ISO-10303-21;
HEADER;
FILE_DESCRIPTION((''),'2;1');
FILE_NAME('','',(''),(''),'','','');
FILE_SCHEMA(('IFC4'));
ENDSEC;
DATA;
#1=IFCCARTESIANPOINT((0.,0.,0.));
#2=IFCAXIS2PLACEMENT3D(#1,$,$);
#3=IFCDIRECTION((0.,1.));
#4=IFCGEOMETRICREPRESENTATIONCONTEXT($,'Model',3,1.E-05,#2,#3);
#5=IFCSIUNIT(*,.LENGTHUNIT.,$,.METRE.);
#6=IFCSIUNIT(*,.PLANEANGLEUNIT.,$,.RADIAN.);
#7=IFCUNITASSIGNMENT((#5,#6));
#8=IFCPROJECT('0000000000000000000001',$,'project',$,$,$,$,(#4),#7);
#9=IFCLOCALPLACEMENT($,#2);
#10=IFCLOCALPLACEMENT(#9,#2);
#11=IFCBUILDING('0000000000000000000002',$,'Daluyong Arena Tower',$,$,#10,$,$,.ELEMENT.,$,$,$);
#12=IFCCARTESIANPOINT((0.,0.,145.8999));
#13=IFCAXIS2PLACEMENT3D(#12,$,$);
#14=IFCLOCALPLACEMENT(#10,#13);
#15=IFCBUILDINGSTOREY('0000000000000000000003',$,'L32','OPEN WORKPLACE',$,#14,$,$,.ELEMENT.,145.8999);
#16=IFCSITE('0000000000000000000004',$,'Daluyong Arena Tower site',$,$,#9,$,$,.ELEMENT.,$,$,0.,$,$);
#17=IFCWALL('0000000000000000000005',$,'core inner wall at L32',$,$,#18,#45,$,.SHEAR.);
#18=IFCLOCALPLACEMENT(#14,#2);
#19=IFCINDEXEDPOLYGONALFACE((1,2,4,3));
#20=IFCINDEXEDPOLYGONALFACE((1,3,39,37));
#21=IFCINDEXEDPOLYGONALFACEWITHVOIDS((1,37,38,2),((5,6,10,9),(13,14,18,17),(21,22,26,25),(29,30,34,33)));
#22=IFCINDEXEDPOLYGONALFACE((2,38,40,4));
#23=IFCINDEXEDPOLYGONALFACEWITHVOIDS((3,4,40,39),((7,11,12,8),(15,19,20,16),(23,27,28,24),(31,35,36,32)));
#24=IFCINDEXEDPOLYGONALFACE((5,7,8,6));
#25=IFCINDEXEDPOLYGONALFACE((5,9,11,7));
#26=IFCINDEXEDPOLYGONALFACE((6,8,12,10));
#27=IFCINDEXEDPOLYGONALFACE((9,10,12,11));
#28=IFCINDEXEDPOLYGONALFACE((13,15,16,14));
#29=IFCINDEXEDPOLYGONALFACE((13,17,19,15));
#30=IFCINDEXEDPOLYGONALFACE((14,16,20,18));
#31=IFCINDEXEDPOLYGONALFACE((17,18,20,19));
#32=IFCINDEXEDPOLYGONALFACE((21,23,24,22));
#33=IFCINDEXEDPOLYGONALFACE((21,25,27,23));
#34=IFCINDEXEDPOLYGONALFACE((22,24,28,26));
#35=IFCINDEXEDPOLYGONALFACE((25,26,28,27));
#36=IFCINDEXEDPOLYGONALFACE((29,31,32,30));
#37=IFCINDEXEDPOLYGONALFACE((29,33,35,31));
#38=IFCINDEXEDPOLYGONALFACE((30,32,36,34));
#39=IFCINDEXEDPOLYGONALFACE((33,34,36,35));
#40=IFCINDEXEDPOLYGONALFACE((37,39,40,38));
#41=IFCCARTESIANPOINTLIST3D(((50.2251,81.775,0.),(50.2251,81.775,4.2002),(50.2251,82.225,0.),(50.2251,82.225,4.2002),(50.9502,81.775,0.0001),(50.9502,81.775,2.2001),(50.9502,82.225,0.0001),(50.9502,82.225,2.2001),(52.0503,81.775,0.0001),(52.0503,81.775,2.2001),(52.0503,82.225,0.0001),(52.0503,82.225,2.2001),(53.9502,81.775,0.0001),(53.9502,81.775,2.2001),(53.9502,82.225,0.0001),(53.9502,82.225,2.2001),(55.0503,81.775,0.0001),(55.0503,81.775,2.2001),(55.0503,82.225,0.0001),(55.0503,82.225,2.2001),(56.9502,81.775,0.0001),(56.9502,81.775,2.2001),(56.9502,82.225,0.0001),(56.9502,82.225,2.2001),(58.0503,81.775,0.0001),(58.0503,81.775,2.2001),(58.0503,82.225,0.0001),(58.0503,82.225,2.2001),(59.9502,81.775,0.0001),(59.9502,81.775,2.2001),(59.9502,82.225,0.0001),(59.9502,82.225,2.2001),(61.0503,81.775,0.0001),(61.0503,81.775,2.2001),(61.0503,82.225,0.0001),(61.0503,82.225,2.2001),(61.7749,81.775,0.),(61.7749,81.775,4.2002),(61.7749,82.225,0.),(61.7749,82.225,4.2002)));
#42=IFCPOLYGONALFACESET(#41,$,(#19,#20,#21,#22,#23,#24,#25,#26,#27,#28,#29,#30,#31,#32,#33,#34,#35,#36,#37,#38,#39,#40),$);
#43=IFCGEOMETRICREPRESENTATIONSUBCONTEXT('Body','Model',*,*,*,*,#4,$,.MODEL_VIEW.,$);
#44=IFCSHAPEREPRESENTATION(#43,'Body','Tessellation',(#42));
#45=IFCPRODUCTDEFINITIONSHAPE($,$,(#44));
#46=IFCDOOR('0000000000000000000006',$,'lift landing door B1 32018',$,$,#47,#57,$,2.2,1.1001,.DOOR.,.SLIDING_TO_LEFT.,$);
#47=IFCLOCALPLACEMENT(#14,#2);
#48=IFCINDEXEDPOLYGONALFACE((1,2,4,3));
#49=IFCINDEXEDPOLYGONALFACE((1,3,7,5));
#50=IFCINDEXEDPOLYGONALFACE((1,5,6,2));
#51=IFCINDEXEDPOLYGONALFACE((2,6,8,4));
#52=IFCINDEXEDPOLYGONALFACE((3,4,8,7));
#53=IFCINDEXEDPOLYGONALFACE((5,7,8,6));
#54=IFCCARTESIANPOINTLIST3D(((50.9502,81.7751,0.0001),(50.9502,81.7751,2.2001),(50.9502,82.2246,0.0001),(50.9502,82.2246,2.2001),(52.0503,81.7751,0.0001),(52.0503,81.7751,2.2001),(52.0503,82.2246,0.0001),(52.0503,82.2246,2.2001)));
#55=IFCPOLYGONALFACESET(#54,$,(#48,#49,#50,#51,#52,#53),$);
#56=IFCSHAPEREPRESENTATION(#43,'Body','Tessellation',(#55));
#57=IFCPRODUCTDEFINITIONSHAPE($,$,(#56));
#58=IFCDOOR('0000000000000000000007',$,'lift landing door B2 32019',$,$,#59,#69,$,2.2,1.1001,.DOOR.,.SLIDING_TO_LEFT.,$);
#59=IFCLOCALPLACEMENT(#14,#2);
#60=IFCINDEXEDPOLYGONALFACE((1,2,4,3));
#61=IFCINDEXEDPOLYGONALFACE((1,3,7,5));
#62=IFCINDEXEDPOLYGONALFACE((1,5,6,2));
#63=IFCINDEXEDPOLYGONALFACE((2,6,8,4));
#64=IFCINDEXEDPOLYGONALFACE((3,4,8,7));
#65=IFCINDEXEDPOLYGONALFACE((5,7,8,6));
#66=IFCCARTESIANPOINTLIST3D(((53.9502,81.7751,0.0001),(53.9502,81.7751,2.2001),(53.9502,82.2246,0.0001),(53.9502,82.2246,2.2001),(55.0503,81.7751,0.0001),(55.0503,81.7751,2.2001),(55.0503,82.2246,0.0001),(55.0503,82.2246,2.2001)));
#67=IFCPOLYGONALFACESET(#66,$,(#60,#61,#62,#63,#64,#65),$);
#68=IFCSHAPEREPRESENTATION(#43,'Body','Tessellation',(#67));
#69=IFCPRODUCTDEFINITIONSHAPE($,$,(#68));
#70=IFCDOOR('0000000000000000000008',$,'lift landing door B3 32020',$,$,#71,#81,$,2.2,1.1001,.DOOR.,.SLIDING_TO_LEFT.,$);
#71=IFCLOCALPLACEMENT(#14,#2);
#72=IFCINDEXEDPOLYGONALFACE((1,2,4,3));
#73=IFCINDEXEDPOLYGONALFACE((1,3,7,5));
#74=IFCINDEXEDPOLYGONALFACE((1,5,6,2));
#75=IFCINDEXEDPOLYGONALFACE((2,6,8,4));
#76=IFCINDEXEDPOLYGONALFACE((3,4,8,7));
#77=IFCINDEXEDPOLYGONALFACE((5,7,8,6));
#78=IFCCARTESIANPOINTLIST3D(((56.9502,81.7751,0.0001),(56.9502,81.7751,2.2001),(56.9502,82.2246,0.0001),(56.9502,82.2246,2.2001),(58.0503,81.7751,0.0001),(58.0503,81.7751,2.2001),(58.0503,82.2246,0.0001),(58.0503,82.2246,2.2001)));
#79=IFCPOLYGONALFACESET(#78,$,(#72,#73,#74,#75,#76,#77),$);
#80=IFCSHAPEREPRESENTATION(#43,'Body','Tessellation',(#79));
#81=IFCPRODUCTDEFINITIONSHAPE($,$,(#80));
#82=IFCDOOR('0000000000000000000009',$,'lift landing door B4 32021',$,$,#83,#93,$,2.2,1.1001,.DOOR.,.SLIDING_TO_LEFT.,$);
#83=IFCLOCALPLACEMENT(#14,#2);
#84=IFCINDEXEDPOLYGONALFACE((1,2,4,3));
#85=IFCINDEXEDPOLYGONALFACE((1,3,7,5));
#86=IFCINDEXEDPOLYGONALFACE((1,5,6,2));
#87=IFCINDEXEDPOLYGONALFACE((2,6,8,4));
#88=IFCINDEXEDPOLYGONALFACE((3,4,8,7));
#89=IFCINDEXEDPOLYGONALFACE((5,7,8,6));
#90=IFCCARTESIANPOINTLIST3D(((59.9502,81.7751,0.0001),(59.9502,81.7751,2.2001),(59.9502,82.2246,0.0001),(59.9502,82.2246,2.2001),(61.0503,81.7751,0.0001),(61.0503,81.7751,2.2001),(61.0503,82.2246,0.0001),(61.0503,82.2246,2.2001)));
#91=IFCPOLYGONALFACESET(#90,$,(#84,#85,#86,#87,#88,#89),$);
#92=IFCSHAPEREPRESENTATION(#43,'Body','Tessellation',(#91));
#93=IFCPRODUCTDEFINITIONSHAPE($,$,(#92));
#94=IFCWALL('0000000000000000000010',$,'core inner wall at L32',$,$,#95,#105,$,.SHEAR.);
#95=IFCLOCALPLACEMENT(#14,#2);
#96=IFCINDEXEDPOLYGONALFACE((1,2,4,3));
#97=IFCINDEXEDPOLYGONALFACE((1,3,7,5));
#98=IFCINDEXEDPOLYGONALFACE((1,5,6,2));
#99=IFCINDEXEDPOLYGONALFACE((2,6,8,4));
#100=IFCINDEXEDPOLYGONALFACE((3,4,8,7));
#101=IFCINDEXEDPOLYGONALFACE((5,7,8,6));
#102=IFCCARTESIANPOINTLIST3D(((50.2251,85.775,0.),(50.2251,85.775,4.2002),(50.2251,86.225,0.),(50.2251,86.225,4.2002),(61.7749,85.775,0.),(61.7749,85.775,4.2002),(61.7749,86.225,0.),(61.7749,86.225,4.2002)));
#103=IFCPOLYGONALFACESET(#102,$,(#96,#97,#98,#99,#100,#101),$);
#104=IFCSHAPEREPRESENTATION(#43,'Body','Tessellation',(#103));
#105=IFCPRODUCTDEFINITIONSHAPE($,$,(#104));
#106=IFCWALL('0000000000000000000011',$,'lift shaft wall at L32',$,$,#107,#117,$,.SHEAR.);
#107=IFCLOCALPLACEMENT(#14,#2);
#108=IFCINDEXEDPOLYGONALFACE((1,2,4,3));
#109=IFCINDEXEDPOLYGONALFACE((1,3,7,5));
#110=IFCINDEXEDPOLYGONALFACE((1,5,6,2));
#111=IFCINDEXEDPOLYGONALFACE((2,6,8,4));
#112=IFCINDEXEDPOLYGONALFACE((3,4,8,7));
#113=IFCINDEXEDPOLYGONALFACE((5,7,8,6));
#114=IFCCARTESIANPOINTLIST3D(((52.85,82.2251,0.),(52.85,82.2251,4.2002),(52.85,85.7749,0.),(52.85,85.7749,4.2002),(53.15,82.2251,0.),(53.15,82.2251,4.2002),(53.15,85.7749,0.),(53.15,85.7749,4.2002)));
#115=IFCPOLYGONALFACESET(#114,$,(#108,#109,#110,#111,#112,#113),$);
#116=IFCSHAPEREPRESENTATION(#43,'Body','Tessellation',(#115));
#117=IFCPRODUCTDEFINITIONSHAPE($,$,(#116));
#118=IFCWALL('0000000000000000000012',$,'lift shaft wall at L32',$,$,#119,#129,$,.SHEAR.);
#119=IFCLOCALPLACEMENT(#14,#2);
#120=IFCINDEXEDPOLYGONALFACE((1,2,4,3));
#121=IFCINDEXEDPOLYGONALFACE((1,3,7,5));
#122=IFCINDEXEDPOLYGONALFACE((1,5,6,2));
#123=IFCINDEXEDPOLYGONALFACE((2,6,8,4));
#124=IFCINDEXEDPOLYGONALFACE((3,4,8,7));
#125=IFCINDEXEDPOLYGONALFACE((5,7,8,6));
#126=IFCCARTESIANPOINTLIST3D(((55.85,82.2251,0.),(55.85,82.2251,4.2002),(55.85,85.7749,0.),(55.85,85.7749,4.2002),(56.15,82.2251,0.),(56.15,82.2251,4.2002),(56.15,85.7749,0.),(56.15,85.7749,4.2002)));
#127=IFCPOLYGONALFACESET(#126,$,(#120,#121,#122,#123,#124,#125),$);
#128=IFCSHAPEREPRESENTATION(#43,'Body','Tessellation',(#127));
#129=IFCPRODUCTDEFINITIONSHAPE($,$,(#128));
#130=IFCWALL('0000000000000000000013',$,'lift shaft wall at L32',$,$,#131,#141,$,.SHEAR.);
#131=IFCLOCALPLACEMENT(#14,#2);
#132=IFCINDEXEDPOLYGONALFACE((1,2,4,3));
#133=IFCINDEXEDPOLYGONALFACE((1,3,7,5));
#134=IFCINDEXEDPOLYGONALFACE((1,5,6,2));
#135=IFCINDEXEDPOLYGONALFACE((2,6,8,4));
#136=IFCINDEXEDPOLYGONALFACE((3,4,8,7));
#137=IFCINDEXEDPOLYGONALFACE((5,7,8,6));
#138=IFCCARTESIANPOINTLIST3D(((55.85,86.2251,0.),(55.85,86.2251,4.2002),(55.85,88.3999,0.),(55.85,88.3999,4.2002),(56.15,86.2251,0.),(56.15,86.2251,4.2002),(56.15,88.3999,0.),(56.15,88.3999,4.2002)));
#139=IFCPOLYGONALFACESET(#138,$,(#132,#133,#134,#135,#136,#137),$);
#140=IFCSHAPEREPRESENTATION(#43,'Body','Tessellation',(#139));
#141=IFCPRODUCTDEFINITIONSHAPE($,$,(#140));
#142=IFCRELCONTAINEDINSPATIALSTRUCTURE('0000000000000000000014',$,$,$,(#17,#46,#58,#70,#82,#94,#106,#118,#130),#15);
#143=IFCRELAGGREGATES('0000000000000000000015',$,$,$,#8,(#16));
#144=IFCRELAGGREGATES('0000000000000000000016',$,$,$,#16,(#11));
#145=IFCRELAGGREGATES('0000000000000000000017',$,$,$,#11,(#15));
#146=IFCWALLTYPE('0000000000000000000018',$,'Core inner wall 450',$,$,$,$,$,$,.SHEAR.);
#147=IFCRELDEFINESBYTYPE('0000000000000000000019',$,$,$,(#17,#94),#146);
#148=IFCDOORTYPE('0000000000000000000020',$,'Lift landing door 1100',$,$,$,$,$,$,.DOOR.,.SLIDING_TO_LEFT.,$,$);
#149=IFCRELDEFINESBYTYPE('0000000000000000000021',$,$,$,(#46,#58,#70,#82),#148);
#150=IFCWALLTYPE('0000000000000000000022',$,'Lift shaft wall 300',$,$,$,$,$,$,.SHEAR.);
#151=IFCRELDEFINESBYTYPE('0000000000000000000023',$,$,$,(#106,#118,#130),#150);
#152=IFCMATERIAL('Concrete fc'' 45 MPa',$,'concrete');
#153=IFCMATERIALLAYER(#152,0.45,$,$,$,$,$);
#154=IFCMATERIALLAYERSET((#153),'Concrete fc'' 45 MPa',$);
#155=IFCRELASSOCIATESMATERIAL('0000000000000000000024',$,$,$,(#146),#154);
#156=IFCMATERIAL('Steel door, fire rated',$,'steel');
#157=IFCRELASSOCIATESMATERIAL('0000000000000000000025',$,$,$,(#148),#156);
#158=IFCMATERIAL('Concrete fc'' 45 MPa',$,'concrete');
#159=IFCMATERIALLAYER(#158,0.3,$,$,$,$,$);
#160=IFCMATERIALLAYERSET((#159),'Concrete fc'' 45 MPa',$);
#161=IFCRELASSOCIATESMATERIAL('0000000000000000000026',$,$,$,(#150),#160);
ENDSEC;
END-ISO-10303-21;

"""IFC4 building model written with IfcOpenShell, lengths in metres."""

from ifc_helpers import new_model, si_unit, direction, frame, frame_2d, origin, place, context, subcontext, project, spatial, rectangle, extrude, material, layer, layer_set, type_object, element, fill, save


model = new_model("IFC4")

# Units and contexts
model_context = context("Model", 3, precision=1e-05, world=origin(), true_north=direction((0.0, 1.0)))
body_context = subcontext(model_context, "Body", "Model", "MODEL_VIEW")
ifc_project = project(units=[si_unit("LENGTHUNIT", "METRE"), si_unit("PLANEANGLEUNIT", "RADIAN")], contexts=[model_context])

# Site, building, storey
site_placement = place(None, origin())
site = spatial("IfcSite", under=ifc_project, at=site_placement, Name="Daluyong Arena Tower site", CompositionType="ELEMENT", RefElevation=0.0)
building_placement = place(site_placement, origin())
building = spatial("IfcBuilding", under=site, at=building_placement, Name="Daluyong Arena Tower", CompositionType="ELEMENT")
storey_placement = place(building_placement, frame((0.0, 0.0, 145.8999)))
storey = spatial("IfcBuildingStorey", under=building, at=storey_placement, Name="L32", Description="OPEN WORKPLACE", CompositionType="ELEMENT", Elevation=145.8999)

# Wall, openings, doors
ifc_material_1 = material(Name="Concrete fc' 45 MPa", Category="concrete")
ifc_layer_1 = layer(ifc_material_1, 0.45)
ifc_layer_set_1 = layer_set([ifc_layer_1], Name="Concrete fc' 45 MPa")
wall_type_1 = type_object("IfcWallType", Name="Core inner wall 450", PredefinedType="SHEAR", material=ifc_layer_set_1)
wall_1_placement = place(storey_placement, frame((50.2251, 82.0, 0.0), z_axis=(0.0, 0.0, 1.0), x_axis=(1.0, 0.0, 0.0)))
wall_1 = element("IfcWall", 1, at=wall_1_placement, inside=storey, type_object=wall_type_1, Name="core inner wall at L32", PredefinedType="SHEAR", context=body_context, shape_type="SweptSolid", body=[
    extrude(rectangle(XDim=11.5498, YDim=0.45, at=frame_2d((5.7749, 0.0))), origin(), (0.0, 0.0, 1.0), 4.2002),
])
opening_1_placement = place(wall_1_placement, frame((0.7251, 0.0, 0.0)))
opening_1 = element("IfcOpeningElement", 2, at=opening_1_placement, cuts=wall_1, PredefinedType="OPENING", context=body_context, shape_type="SweptSolid", body=[
    extrude(rectangle(XDim=1.1001, YDim=2.2, at=frame_2d((0.55, 1.1001))), frame((0.0, 0.2349, 0.0), z_axis=(0.0, -1.0, 0.0), x_axis=(1.0, 0.0, 0.0)), (0.0, 0.0, 1.0), 0.47),
])
opening_2_placement = place(wall_1_placement, frame((3.7251, 0.0, 0.0)))
opening_2 = element("IfcOpeningElement", 3, at=opening_2_placement, cuts=wall_1, PredefinedType="OPENING", context=body_context, shape_type="SweptSolid", body=[
    extrude(rectangle(XDim=1.1001, YDim=2.2, at=frame_2d((0.55, 1.1001))), frame((0.0, 0.2349, 0.0), z_axis=(0.0, -1.0, 0.0), x_axis=(1.0, 0.0, 0.0)), (0.0, 0.0, 1.0), 0.47),
])
opening_3_placement = place(wall_1_placement, frame((6.7251, 0.0, 0.0)))
opening_3 = element("IfcOpeningElement", 4, at=opening_3_placement, cuts=wall_1, PredefinedType="OPENING", context=body_context, shape_type="SweptSolid", body=[
    extrude(rectangle(XDim=1.1001, YDim=2.2, at=frame_2d((0.55, 1.1001))), frame((0.0, 0.2349, 0.0), z_axis=(0.0, -1.0, 0.0), x_axis=(1.0, 0.0, 0.0)), (0.0, 0.0, 1.0), 0.47),
])
opening_4_placement = place(wall_1_placement, frame((9.7251, 0.0, 0.0)))
opening_4 = element("IfcOpeningElement", 5, at=opening_4_placement, cuts=wall_1, PredefinedType="OPENING", context=body_context, shape_type="SweptSolid", body=[
    extrude(rectangle(XDim=1.1001, YDim=2.2, at=frame_2d((0.55, 1.1001))), frame((0.0, 0.2349, 0.0), z_axis=(0.0, -1.0, 0.0), x_axis=(1.0, 0.0, 0.0)), (0.0, 0.0, 1.0), 0.47),
])
ifc_material_2 = material(Name="Steel door, fire rated", Category="steel")
door_type_1 = type_object("IfcDoorType", Name="Lift landing door 1100", OperationType="SLIDING_TO_LEFT", PredefinedType="DOOR", material=ifc_material_2)
door_1_placement = place(opening_1_placement, origin())
door_1 = element("IfcDoor", 6, at=door_1_placement, inside=storey, type_object=door_type_1, Name="lift landing door B1 32018", OperationType="SLIDING_TO_LEFT", OverallHeight=2.2, OverallWidth=1.1001, PredefinedType="DOOR", context=body_context, shape_type="SweptSolid", body=[
    extrude(rectangle(XDim=1.1001, YDim=2.2, at=frame_2d((0.55, 1.1001))), frame((0.0, 0.2246, 0.0), z_axis=(0.0, -1.0, 0.0), x_axis=(1.0, 0.0, 0.0)), (0.0, 0.0, 1.0), 0.4495),
])
fill(opening_1, door_1)
door_2_placement = place(opening_2_placement, origin())
door_2 = element("IfcDoor", 7, at=door_2_placement, inside=storey, type_object=door_type_1, Name="lift landing door B2 32019", OperationType="SLIDING_TO_LEFT", OverallHeight=2.2, OverallWidth=1.1001, PredefinedType="DOOR", context=body_context, shape_type="SweptSolid", body=[
    extrude(rectangle(XDim=1.1001, YDim=2.2, at=frame_2d((0.55, 1.1001))), frame((0.0, 0.2246, 0.0), z_axis=(0.0, -1.0, 0.0), x_axis=(1.0, 0.0, 0.0)), (0.0, 0.0, 1.0), 0.4495),
])
fill(opening_2, door_2)
door_3_placement = place(opening_3_placement, origin())
door_3 = element("IfcDoor", 8, at=door_3_placement, inside=storey, type_object=door_type_1, Name="lift landing door B3 32020", OperationType="SLIDING_TO_LEFT", OverallHeight=2.2, OverallWidth=1.1001, PredefinedType="DOOR", context=body_context, shape_type="SweptSolid", body=[
    extrude(rectangle(XDim=1.1001, YDim=2.2, at=frame_2d((0.55, 1.1001))), frame((0.0, 0.2246, 0.0), z_axis=(0.0, -1.0, 0.0), x_axis=(1.0, 0.0, 0.0)), (0.0, 0.0, 1.0), 0.4495),
])
fill(opening_3, door_3)
door_4_placement = place(opening_4_placement, origin())
door_4 = element("IfcDoor", 9, at=door_4_placement, inside=storey, type_object=door_type_1, Name="lift landing door B4 32021", OperationType="SLIDING_TO_LEFT", OverallHeight=2.2, OverallWidth=1.1001, PredefinedType="DOOR", context=body_context, shape_type="SweptSolid", body=[
    extrude(rectangle(XDim=1.1001, YDim=2.2, at=frame_2d((0.55, 1.1001))), frame((0.0, 0.2246, 0.0), z_axis=(0.0, -1.0, 0.0), x_axis=(1.0, 0.0, 0.0)), (0.0, 0.0, 1.0), 0.4495),
])
fill(opening_4, door_4)

# Walls
wall_2_placement = place(storey_placement, frame((50.2251, 86.0, 0.0), z_axis=(0.0, 0.0, 1.0), x_axis=(1.0, 0.0, 0.0)))
element("IfcWall", 10, at=wall_2_placement, inside=storey, type_object=wall_type_1, Name="core inner wall at L32", PredefinedType="SHEAR", context=body_context, shape_type="SweptSolid", body=[
    extrude(rectangle(XDim=11.5498, YDim=0.45, at=frame_2d((5.7749, 0.0))), origin(), (0.0, 0.0, 1.0), 4.2002),
])
ifc_material_3 = material(Name="Concrete fc' 45 MPa", Category="concrete")
ifc_layer_2 = layer(ifc_material_3, 0.3)
ifc_layer_set_2 = layer_set([ifc_layer_2], Name="Concrete fc' 45 MPa")
wall_type_2 = type_object("IfcWallType", Name="Lift shaft wall 300", PredefinedType="SHEAR", material=ifc_layer_set_2)
for number, where, z_axis, x_axis, name in (
    (11, (53.0, 82.2251, 0.0), (0.0, 0.0, 1.0), (0.0, 1.0, 0.0), "lift shaft wall at L32"),
    (12, (56.0, 82.2251, 0.0), (0.0, 0.0, 1.0), (0.0, 1.0, 0.0), "lift shaft wall at L32"),
):
    element("IfcWall", number, at=place(storey_placement, frame(where, z_axis=z_axis, x_axis=x_axis)), inside=storey, type_object=wall_type_2, Name=name, PredefinedType="SHEAR", context=body_context, shape_type="SweptSolid", body=[
        extrude(rectangle(XDim=3.5498, YDim=0.3, at=frame_2d((1.7749, 0.0))), origin(), (0.0, 0.0, 1.0), 4.2002),
    ])
wall_3_placement = place(storey_placement, frame((56.0, 86.2251, 0.0), z_axis=(0.0, 0.0, 1.0), x_axis=(0.0, 1.0, 0.0)))
element("IfcWall", 13, at=wall_3_placement, inside=storey, type_object=wall_type_2, Name="lift shaft wall at L32", PredefinedType="SHEAR", context=body_context, shape_type="SweptSolid", body=[
    extrude(rectangle(XDim=2.1748, YDim=0.3, at=frame_2d((1.0874, 0.0))), origin(), (0.0, 0.0, 1.0), 4.2002),
])

save(model, "model.ifc")
